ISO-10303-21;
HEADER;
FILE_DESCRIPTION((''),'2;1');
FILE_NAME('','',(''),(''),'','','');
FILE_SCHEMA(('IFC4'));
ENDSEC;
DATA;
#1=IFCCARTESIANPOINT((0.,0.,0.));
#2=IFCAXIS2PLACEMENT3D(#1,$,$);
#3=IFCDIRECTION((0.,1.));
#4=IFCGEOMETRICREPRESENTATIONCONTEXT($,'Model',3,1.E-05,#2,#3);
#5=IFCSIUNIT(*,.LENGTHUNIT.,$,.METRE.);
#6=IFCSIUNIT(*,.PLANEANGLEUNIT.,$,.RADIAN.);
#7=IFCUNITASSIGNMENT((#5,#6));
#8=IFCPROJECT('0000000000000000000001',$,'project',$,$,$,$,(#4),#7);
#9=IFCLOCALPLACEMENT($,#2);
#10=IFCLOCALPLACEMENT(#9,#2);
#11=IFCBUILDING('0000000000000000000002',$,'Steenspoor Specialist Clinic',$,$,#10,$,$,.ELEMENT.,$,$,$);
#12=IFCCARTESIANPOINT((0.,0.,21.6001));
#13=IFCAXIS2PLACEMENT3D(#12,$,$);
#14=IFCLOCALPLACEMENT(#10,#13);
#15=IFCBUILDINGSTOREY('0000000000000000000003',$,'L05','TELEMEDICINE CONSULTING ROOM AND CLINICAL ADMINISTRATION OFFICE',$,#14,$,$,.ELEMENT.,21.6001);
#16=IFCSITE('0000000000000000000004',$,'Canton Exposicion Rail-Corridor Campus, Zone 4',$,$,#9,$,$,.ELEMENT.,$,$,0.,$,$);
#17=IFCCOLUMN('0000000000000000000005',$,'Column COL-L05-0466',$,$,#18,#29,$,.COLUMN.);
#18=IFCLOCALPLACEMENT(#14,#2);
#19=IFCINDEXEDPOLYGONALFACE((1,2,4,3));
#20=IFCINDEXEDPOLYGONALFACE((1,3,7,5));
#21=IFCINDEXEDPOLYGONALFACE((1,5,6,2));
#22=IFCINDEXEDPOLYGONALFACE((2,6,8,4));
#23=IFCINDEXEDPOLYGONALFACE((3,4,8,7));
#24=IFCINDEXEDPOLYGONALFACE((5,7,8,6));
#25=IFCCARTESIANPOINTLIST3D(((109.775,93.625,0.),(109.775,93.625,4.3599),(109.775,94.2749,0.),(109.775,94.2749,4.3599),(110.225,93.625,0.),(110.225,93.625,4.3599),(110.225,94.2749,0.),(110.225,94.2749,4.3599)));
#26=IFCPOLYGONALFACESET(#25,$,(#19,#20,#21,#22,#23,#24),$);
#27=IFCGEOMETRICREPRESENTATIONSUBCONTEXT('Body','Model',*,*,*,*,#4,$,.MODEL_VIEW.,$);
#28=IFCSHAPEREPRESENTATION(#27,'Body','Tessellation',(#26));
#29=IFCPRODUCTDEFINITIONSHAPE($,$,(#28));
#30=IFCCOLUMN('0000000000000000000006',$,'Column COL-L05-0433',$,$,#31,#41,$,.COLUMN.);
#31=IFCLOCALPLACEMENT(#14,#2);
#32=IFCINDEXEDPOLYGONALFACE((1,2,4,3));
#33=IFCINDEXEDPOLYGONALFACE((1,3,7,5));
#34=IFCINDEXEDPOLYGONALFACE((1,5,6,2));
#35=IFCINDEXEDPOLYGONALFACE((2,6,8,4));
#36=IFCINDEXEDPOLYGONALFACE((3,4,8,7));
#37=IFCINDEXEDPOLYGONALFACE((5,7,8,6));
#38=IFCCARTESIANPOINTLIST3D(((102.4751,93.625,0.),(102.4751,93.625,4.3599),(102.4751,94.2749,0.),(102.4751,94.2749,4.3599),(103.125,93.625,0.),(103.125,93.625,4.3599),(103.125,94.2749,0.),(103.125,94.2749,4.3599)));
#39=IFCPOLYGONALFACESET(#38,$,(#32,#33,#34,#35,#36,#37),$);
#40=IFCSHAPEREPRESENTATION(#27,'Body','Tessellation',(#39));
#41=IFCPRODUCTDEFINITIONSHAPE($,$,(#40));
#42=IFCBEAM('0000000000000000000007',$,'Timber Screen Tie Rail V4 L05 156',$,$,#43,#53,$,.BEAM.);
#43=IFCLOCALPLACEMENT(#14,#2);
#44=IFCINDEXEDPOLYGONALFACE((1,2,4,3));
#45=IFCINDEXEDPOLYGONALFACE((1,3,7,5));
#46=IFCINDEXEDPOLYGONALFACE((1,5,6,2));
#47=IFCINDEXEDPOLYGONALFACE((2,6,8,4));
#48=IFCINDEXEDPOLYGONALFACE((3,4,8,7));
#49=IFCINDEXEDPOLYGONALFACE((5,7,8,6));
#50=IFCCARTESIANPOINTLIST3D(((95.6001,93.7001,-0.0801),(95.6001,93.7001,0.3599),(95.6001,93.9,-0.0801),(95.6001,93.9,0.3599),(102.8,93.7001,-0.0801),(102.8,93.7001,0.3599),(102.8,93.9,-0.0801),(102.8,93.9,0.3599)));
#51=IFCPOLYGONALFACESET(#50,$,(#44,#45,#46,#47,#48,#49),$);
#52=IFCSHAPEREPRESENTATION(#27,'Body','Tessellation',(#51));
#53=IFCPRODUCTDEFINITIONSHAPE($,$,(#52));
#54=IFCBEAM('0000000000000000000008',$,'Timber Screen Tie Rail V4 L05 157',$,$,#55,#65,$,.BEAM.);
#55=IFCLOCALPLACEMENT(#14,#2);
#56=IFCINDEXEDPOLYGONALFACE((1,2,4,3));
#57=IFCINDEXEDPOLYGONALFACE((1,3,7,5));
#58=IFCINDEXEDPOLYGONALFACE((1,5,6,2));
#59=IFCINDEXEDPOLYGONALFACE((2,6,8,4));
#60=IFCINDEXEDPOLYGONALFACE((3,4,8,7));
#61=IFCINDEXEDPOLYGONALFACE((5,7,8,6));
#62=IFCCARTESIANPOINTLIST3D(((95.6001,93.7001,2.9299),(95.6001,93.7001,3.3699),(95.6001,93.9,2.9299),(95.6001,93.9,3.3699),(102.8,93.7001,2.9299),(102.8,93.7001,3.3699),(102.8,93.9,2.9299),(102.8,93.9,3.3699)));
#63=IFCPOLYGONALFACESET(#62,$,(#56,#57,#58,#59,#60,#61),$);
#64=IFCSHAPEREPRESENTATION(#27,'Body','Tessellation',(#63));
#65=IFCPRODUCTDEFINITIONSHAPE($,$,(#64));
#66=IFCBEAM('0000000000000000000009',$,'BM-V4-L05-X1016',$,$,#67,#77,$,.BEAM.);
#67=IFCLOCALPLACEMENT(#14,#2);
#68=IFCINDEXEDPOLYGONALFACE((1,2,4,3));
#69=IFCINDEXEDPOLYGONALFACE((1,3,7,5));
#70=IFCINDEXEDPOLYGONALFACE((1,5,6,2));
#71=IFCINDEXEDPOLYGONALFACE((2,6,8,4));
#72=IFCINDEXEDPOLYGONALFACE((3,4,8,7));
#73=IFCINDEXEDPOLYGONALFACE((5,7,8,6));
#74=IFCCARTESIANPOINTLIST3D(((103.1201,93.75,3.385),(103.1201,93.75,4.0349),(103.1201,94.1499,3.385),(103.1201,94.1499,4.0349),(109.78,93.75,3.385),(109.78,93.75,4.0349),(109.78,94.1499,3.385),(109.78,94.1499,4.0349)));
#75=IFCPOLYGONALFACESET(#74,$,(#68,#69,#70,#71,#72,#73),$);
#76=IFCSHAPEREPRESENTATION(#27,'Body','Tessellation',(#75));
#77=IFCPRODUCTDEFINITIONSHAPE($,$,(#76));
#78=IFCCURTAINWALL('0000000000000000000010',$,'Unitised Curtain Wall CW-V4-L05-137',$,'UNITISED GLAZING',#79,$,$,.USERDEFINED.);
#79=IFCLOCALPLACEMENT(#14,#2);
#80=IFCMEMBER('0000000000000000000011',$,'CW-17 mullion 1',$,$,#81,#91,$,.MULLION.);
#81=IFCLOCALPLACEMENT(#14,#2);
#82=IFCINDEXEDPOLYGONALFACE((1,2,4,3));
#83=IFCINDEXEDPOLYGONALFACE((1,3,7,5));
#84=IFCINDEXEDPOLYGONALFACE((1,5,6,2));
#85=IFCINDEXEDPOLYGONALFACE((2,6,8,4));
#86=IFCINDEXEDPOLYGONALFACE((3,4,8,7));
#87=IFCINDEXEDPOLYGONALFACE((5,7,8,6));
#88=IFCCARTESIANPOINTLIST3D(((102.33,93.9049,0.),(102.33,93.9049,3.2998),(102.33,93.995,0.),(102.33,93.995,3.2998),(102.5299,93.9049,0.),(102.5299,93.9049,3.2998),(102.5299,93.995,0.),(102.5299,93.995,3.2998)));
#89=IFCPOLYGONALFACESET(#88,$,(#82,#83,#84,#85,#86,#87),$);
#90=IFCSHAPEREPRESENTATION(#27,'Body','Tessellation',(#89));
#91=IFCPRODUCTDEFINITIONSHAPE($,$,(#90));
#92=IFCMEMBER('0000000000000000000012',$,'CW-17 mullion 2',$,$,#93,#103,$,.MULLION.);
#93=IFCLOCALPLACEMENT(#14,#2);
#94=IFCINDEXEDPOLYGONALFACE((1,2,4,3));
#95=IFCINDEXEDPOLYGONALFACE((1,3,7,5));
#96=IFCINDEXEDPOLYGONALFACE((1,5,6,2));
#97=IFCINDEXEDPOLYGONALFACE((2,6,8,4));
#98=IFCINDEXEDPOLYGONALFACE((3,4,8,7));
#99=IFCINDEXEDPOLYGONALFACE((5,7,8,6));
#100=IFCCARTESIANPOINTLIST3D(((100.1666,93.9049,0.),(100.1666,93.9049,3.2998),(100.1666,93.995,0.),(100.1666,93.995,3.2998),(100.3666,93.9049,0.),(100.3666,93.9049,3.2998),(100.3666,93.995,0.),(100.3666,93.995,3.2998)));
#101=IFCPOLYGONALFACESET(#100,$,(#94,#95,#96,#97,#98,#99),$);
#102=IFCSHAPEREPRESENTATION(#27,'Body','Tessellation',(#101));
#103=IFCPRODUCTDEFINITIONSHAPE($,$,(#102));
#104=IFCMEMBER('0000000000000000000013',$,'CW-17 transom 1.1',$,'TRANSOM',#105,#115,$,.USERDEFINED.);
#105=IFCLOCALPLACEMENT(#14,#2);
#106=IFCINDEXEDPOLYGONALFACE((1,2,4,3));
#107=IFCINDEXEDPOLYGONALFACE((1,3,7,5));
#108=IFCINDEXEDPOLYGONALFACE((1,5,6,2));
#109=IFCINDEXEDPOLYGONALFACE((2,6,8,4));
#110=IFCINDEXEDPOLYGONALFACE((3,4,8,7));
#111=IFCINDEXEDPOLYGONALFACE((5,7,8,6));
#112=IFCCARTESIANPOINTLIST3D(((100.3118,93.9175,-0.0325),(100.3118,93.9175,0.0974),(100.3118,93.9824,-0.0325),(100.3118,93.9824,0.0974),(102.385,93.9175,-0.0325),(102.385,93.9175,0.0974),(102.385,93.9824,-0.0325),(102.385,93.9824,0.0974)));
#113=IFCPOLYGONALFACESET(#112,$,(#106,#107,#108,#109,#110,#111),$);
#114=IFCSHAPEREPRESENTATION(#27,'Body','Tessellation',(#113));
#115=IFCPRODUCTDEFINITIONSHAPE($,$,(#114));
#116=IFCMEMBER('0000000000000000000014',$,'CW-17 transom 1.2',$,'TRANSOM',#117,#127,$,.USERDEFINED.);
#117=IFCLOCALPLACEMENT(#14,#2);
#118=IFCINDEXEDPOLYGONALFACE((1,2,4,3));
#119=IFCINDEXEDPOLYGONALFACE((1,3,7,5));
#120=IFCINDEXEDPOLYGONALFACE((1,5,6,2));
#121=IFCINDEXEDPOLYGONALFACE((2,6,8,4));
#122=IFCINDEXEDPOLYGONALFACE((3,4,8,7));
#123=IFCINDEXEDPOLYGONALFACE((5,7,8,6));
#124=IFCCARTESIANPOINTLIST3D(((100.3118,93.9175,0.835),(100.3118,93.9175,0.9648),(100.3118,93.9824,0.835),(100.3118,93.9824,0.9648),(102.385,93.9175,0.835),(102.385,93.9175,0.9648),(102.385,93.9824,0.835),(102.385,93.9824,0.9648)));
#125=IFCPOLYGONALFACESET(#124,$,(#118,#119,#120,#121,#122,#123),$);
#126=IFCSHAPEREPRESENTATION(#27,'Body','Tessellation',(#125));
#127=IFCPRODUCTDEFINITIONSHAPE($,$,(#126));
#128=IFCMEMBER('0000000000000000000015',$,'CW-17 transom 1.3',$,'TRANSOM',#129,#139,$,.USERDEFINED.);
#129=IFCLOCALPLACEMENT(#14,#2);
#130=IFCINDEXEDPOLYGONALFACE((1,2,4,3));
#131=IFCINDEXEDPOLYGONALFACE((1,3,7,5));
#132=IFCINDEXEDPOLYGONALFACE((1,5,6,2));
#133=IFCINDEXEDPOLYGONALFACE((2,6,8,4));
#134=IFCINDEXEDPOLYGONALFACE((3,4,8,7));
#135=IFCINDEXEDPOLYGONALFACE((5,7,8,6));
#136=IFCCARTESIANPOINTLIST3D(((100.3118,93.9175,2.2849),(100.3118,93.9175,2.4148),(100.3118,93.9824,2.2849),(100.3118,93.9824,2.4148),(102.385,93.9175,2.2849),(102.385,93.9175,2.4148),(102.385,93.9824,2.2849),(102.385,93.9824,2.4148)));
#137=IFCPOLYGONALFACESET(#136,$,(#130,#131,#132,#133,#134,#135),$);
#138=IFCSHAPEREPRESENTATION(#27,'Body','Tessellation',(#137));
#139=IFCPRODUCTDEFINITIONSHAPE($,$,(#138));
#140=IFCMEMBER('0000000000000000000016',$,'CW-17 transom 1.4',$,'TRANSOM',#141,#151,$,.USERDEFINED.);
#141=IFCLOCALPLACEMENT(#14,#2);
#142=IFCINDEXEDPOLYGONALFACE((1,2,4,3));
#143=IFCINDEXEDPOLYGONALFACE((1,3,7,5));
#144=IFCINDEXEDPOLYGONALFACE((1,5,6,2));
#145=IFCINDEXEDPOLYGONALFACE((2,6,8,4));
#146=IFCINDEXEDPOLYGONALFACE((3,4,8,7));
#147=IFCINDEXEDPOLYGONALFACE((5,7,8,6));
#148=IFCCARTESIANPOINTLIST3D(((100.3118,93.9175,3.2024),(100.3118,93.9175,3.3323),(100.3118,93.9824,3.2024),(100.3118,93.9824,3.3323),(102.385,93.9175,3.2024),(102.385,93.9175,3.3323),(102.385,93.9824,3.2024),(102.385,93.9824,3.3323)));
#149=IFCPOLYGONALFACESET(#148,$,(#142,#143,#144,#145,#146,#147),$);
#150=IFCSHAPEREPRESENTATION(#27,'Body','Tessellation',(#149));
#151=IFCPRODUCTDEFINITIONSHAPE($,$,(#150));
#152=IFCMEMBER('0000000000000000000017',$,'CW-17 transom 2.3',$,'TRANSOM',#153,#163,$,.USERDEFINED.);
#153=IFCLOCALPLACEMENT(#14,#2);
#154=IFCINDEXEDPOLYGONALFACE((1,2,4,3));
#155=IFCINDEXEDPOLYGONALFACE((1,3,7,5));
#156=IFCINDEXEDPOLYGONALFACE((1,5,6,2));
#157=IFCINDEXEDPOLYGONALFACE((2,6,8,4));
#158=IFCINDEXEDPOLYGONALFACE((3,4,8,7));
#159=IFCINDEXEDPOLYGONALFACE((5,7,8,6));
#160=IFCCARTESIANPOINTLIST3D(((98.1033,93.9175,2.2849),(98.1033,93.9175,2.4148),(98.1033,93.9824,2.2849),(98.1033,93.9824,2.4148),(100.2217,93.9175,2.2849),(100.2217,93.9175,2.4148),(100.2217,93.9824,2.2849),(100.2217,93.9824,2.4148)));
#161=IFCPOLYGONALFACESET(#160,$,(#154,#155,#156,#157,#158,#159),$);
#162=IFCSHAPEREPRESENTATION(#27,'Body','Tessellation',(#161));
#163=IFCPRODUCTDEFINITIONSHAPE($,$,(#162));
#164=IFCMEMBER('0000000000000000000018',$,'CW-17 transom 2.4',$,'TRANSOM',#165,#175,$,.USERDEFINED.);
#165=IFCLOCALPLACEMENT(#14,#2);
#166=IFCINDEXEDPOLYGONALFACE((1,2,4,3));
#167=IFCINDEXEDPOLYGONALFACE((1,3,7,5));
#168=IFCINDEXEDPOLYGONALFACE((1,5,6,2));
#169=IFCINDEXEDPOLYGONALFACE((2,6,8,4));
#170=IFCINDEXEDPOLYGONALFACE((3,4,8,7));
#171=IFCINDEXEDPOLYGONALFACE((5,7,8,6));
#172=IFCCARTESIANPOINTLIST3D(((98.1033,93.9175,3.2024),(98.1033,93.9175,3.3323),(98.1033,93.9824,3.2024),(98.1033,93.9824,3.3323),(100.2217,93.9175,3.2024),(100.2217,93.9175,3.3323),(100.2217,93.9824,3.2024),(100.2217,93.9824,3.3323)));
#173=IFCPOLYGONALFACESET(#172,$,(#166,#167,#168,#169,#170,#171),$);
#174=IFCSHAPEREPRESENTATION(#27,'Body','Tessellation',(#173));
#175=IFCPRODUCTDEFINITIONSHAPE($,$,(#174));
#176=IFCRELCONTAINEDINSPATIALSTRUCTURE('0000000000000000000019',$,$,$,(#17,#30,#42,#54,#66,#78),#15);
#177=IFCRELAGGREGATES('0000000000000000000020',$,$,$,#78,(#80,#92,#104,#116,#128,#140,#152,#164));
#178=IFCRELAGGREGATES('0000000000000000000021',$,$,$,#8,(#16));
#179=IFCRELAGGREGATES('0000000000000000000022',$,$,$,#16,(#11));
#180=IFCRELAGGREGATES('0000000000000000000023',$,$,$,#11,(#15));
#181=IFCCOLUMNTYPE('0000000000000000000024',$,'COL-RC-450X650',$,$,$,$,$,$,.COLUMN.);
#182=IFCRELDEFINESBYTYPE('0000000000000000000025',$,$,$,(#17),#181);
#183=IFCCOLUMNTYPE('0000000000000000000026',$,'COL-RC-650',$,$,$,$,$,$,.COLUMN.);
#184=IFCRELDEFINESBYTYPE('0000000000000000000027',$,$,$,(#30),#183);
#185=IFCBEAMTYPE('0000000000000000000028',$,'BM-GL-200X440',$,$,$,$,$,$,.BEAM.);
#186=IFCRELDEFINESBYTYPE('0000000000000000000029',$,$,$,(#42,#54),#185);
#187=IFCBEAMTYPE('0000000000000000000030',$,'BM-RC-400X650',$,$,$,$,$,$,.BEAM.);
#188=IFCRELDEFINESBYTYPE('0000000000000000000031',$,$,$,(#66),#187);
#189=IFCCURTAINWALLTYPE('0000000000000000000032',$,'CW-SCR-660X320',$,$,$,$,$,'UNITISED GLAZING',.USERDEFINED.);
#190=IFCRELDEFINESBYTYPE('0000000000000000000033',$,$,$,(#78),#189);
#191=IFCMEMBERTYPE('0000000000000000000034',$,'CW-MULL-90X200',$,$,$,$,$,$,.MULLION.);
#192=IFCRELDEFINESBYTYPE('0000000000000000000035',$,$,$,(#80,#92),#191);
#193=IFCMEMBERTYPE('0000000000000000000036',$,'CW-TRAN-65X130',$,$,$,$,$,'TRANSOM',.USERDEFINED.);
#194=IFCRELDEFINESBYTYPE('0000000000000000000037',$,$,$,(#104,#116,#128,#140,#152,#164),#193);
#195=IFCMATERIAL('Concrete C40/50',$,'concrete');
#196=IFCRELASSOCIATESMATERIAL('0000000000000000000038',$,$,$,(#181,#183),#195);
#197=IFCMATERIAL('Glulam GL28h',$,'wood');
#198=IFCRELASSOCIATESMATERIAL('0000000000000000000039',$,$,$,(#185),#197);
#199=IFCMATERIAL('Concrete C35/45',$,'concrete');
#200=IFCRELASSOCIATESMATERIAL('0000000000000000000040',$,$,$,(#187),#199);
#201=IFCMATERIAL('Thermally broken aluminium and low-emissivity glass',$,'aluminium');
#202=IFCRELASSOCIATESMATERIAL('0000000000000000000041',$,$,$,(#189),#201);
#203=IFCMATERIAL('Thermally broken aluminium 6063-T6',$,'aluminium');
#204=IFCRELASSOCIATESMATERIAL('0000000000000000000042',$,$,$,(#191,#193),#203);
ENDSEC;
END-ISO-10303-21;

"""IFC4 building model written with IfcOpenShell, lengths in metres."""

from ifc_helpers import new_model, si_unit, direction, frame, origin, origin_2d, place, context, subcontext, project, spatial, rectangle, extrude, material, material_profile, profile_set, type_object, element, aggregate, save


model = new_model("IFC4")

# Units and contexts
model_context = context("Model", 3, precision=1e-05, world=origin(), true_north=direction((0.0, 1.0)))
body_context = subcontext(model_context, "Body", "Model", "MODEL_VIEW")
ifc_project = project(units=[si_unit("LENGTHUNIT", "METRE"), si_unit("PLANEANGLEUNIT", "RADIAN")], contexts=[model_context])

# Site, building, storey
site_placement = place(None, origin())
site = spatial("IfcSite", under=ifc_project, at=site_placement, Name="Canton Exposicion Rail-Corridor Campus, Zone 4", CompositionType="ELEMENT", RefElevation=0.0)
building_placement = place(site_placement, origin())
building = spatial("IfcBuilding", under=site, at=building_placement, Name="Steenspoor Specialist Clinic", CompositionType="ELEMENT")
storey_placement = place(building_placement, frame((0.0, 0.0, 21.6001)))
storey = spatial("IfcBuildingStorey", under=building, at=storey_placement, Name="L05", Description="TELEMEDICINE CONSULTING ROOM AND CLINICAL ADMINISTRATION OFFICE", CompositionType="ELEMENT", Elevation=21.6001)

# Columns
ifc_material_1 = material(Name="Concrete C40/50", Category="concrete")
ifc_material_profile_1 = material_profile(ifc_material_1, rectangle(XDim=0.45, YDim=0.6499, at=origin_2d()), Name="RC-COL-450X650")
ifc_profile_set_1 = profile_set([ifc_material_profile_1], Name="Concrete C40/50")
column_type_1 = type_object("IfcColumnType", Name="COL-RC-450X650", PredefinedType="COLUMN", material=ifc_profile_set_1)
column_1_placement = place(storey_placement, frame((110.0, 93.95, 0.0), z_axis=(0.0, 0.0, 1.0), x_axis=(1.0, 0.0, 0.0)))
element("IfcColumn", 1, at=column_1_placement, inside=storey, type_object=column_type_1, Name="Column COL-L05-0466", PredefinedType="COLUMN", context=body_context, shape_type="SweptSolid", body=[
    extrude(rectangle(XDim=0.45, YDim=0.6499, at=origin_2d()), origin(), (0.0, 0.0, 1.0), 4.3599),
])
ifc_material_profile_2 = material_profile(ifc_material_1, rectangle(XDim=0.6499, YDim=0.6499, at=origin_2d()), Name="RC-COL-650X650")
ifc_profile_set_2 = profile_set([ifc_material_profile_2], Name="Concrete C40/50")
column_type_2 = type_object("IfcColumnType", Name="COL-RC-650", PredefinedType="COLUMN", material=ifc_profile_set_2)
column_2_placement = place(storey_placement, frame((102.8, 93.95, 0.0), z_axis=(0.0, 0.0, 1.0), x_axis=(1.0, 0.0, 0.0)))
element("IfcColumn", 2, at=column_2_placement, inside=storey, type_object=column_type_2, Name="Column COL-L05-0433", PredefinedType="COLUMN", context=body_context, shape_type="SweptSolid", body=[
    extrude(rectangle(XDim=0.6499, YDim=0.6499, at=origin_2d()), origin(), (0.0, 0.0, 1.0), 4.3599),
])

# Beams
ifc_material_2 = material(Name="Glulam GL28h", Category="wood")
ifc_material_profile_3 = material_profile(ifc_material_2, rectangle(XDim=0.2, YDim=0.4399, at=origin_2d()), Name="GL28H-200X440")
ifc_profile_set_3 = profile_set([ifc_material_profile_3], Name="Glulam GL28h")
beam_type_1 = type_object("IfcBeamType", Name="BM-GL-200X440", PredefinedType="BEAM", material=ifc_profile_set_3)
for number, where, z_axis, x_axis, name in (
    (3, (102.8, 93.8, 0.1399), (-1.0, 0.0, 0.0), (0.0, -1.0, 0.0), "Timber Screen Tie Rail V4 L05 156"),
    (4, (102.8, 93.8, 3.1499), (-1.0, 0.0, 0.0), (0.0, -1.0, 0.0), "Timber Screen Tie Rail V4 L05 157"),
):
    element("IfcBeam", number, at=place(storey_placement, frame(where, z_axis=z_axis, x_axis=x_axis)), inside=storey, type_object=beam_type_1, Name=name, PredefinedType="BEAM", context=body_context, shape_type="SweptSolid", body=[
        extrude(rectangle(XDim=0.2, YDim=0.4399, at=origin_2d()), origin(), (0.0, 0.0, 1.0), 7.2),
    ])
ifc_material_3 = material(Name="Concrete C35/45", Category="concrete")
ifc_material_profile_4 = material_profile(ifc_material_3, rectangle(XDim=0.3999, YDim=0.6499, at=origin_2d()), Name="RC-BM-400X650")
ifc_profile_set_4 = profile_set([ifc_material_profile_4], Name="Concrete C35/45")
beam_type_2 = type_object("IfcBeamType", Name="BM-RC-400X650", PredefinedType="BEAM", material=ifc_profile_set_4)
beam_placement = place(storey_placement, frame((103.1201, 93.95, 3.71), z_axis=(1.0, 0.0, 0.0), x_axis=(0.0, 1.0, 0.0)))
element("IfcBeam", 5, at=beam_placement, inside=storey, type_object=beam_type_2, Name="BM-V4-L05-X1016", PredefinedType="BEAM", context=body_context, shape_type="SweptSolid", body=[
    extrude(rectangle(XDim=0.3999, YDim=0.6499, at=origin_2d()), origin(), (0.0, 0.0, 1.0), 6.6599),
])

# Curtain wall, members
ifc_material_4 = material(Name="Thermally broken aluminium and low-emissivity glass", Category="aluminium")
curtain_wall_type = type_object("IfcCurtainWallType", Name="CW-SCR-660X320", ElementType="UNITISED GLAZING", PredefinedType="USERDEFINED", material=ifc_material_4)
curtain_wall_placement = place(storey_placement, origin())
curtain_wall = element("IfcCurtainWall", 6, at=curtain_wall_placement, inside=storey, type_object=curtain_wall_type, Name="Unitised Curtain Wall CW-V4-L05-137", ObjectType="UNITISED GLAZING", PredefinedType="USERDEFINED")
ifc_material_5 = material(Name="Thermally broken aluminium 6063-T6", Category="aluminium")
ifc_material_profile_5 = material_profile(ifc_material_5, rectangle(XDim=0.0901, YDim=0.2, at=origin_2d()), Name="CWM-90X200")
ifc_profile_set_5 = profile_set([ifc_material_profile_5], Name="Thermally broken aluminium 6063-T6")
member_type_1 = type_object("IfcMemberType", Name="CW-MULL-90X200", PredefinedType="MULLION", material=ifc_profile_set_5)
member_1_placement = place(storey_placement, frame((102.4299, 93.95, 0.0), z_axis=(0.0, 0.0, 1.0), x_axis=(0.0, -1.0, 0.0)))
member_1 = element("IfcMember", 7, at=member_1_placement, type_object=member_type_1, Name="CW-17 mullion 1", PredefinedType="MULLION", context=body_context, shape_type="SweptSolid", body=[
    extrude(rectangle(XDim=0.0901, YDim=0.2, at=origin_2d()), origin(), (0.0, 0.0, 1.0), 3.2998),
])
member_2_placement = place(storey_placement, frame((100.2666, 93.95, 0.0), z_axis=(0.0, 0.0, 1.0), x_axis=(0.0, -1.0, 0.0)))
member_2 = element("IfcMember", 8, at=member_2_placement, type_object=member_type_1, Name="CW-17 mullion 2", PredefinedType="MULLION", context=body_context, shape_type="SweptSolid", body=[
    extrude(rectangle(XDim=0.0901, YDim=0.2, at=origin_2d()), origin(), (0.0, 0.0, 1.0), 3.2998),
])
ifc_material_profile_6 = material_profile(ifc_material_5, rectangle(XDim=0.0649, YDim=0.1299, at=origin_2d()), Name="CWT-65X130")
ifc_profile_set_6 = profile_set([ifc_material_profile_6], Name="Thermally broken aluminium 6063-T6")
member_type_2 = type_object("IfcMemberType", Name="CW-TRAN-65X130", ElementType="TRANSOM", PredefinedType="USERDEFINED", material=ifc_profile_set_6)
member_3_placement = place(storey_placement, frame((102.385, 93.95, 0.0325), z_axis=(-1.0, 0.0, 0.0), x_axis=(0.0, -1.0, 0.0)))
member_3 = element("IfcMember", 9, at=member_3_placement, type_object=member_type_2, Name="CW-17 transom 1.1", ObjectType="TRANSOM", PredefinedType="USERDEFINED", context=body_context, shape_type="SweptSolid", body=[
    extrude(rectangle(XDim=0.0649, YDim=0.1299, at=origin_2d()), origin(), (0.0, 0.0, 1.0), 2.0732),
])
member_4_placement = place(storey_placement, frame((102.385, 93.95, 0.8999), z_axis=(-1.0, 0.0, 0.0), x_axis=(0.0, -1.0, 0.0)))
member_4 = element("IfcMember", 10, at=member_4_placement, type_object=member_type_2, Name="CW-17 transom 1.2", ObjectType="TRANSOM", PredefinedType="USERDEFINED", context=body_context, shape_type="SweptSolid", body=[
    extrude(rectangle(XDim=0.0649, YDim=0.1299, at=origin_2d()), origin(), (0.0, 0.0, 1.0), 2.0732),
])
member_5_placement = place(storey_placement, frame((102.385, 93.95, 2.3499), z_axis=(-1.0, 0.0, 0.0), x_axis=(0.0, -1.0, 0.0)))
member_5 = element("IfcMember", 11, at=member_5_placement, type_object=member_type_2, Name="CW-17 transom 1.3", ObjectType="TRANSOM", PredefinedType="USERDEFINED", context=body_context, shape_type="SweptSolid", body=[
    extrude(rectangle(XDim=0.0649, YDim=0.1299, at=origin_2d()), origin(), (0.0, 0.0, 1.0), 2.0732),
])
member_6_placement = place(storey_placement, frame((102.385, 93.95, 3.2673), z_axis=(-1.0, 0.0, 0.0), x_axis=(0.0, -1.0, 0.0)))
member_6 = element("IfcMember", 12, at=member_6_placement, type_object=member_type_2, Name="CW-17 transom 1.4", ObjectType="TRANSOM", PredefinedType="USERDEFINED", context=body_context, shape_type="SweptSolid", body=[
    extrude(rectangle(XDim=0.0649, YDim=0.1299, at=origin_2d()), origin(), (0.0, 0.0, 1.0), 2.0732),
])
member_7_placement = place(storey_placement, frame((100.2217, 93.95, 2.3499), z_axis=(-1.0, 0.0, 0.0), x_axis=(0.0, -1.0, 0.0)))
member_7 = element("IfcMember", 13, at=member_7_placement, type_object=member_type_2, Name="CW-17 transom 2.3", ObjectType="TRANSOM", PredefinedType="USERDEFINED", context=body_context, shape_type="SweptSolid", body=[
    extrude(rectangle(XDim=0.0649, YDim=0.1299, at=origin_2d()), origin(), (0.0, 0.0, 1.0), 2.1184),
])
member_8_placement = place(storey_placement, frame((100.2217, 93.95, 3.2673), z_axis=(-1.0, 0.0, 0.0), x_axis=(0.0, -1.0, 0.0)))
member_8 = element("IfcMember", 14, at=member_8_placement, type_object=member_type_2, Name="CW-17 transom 2.4", ObjectType="TRANSOM", PredefinedType="USERDEFINED", context=body_context, shape_type="SweptSolid", body=[
    extrude(rectangle(XDim=0.0649, YDim=0.1299, at=origin_2d()), origin(), (0.0, 0.0, 1.0), 2.1184),
])

aggregate(curtain_wall, [member_1, member_2, member_3, member_4, member_5, member_6, member_7, member_8])

save(model, "model.ifc")
